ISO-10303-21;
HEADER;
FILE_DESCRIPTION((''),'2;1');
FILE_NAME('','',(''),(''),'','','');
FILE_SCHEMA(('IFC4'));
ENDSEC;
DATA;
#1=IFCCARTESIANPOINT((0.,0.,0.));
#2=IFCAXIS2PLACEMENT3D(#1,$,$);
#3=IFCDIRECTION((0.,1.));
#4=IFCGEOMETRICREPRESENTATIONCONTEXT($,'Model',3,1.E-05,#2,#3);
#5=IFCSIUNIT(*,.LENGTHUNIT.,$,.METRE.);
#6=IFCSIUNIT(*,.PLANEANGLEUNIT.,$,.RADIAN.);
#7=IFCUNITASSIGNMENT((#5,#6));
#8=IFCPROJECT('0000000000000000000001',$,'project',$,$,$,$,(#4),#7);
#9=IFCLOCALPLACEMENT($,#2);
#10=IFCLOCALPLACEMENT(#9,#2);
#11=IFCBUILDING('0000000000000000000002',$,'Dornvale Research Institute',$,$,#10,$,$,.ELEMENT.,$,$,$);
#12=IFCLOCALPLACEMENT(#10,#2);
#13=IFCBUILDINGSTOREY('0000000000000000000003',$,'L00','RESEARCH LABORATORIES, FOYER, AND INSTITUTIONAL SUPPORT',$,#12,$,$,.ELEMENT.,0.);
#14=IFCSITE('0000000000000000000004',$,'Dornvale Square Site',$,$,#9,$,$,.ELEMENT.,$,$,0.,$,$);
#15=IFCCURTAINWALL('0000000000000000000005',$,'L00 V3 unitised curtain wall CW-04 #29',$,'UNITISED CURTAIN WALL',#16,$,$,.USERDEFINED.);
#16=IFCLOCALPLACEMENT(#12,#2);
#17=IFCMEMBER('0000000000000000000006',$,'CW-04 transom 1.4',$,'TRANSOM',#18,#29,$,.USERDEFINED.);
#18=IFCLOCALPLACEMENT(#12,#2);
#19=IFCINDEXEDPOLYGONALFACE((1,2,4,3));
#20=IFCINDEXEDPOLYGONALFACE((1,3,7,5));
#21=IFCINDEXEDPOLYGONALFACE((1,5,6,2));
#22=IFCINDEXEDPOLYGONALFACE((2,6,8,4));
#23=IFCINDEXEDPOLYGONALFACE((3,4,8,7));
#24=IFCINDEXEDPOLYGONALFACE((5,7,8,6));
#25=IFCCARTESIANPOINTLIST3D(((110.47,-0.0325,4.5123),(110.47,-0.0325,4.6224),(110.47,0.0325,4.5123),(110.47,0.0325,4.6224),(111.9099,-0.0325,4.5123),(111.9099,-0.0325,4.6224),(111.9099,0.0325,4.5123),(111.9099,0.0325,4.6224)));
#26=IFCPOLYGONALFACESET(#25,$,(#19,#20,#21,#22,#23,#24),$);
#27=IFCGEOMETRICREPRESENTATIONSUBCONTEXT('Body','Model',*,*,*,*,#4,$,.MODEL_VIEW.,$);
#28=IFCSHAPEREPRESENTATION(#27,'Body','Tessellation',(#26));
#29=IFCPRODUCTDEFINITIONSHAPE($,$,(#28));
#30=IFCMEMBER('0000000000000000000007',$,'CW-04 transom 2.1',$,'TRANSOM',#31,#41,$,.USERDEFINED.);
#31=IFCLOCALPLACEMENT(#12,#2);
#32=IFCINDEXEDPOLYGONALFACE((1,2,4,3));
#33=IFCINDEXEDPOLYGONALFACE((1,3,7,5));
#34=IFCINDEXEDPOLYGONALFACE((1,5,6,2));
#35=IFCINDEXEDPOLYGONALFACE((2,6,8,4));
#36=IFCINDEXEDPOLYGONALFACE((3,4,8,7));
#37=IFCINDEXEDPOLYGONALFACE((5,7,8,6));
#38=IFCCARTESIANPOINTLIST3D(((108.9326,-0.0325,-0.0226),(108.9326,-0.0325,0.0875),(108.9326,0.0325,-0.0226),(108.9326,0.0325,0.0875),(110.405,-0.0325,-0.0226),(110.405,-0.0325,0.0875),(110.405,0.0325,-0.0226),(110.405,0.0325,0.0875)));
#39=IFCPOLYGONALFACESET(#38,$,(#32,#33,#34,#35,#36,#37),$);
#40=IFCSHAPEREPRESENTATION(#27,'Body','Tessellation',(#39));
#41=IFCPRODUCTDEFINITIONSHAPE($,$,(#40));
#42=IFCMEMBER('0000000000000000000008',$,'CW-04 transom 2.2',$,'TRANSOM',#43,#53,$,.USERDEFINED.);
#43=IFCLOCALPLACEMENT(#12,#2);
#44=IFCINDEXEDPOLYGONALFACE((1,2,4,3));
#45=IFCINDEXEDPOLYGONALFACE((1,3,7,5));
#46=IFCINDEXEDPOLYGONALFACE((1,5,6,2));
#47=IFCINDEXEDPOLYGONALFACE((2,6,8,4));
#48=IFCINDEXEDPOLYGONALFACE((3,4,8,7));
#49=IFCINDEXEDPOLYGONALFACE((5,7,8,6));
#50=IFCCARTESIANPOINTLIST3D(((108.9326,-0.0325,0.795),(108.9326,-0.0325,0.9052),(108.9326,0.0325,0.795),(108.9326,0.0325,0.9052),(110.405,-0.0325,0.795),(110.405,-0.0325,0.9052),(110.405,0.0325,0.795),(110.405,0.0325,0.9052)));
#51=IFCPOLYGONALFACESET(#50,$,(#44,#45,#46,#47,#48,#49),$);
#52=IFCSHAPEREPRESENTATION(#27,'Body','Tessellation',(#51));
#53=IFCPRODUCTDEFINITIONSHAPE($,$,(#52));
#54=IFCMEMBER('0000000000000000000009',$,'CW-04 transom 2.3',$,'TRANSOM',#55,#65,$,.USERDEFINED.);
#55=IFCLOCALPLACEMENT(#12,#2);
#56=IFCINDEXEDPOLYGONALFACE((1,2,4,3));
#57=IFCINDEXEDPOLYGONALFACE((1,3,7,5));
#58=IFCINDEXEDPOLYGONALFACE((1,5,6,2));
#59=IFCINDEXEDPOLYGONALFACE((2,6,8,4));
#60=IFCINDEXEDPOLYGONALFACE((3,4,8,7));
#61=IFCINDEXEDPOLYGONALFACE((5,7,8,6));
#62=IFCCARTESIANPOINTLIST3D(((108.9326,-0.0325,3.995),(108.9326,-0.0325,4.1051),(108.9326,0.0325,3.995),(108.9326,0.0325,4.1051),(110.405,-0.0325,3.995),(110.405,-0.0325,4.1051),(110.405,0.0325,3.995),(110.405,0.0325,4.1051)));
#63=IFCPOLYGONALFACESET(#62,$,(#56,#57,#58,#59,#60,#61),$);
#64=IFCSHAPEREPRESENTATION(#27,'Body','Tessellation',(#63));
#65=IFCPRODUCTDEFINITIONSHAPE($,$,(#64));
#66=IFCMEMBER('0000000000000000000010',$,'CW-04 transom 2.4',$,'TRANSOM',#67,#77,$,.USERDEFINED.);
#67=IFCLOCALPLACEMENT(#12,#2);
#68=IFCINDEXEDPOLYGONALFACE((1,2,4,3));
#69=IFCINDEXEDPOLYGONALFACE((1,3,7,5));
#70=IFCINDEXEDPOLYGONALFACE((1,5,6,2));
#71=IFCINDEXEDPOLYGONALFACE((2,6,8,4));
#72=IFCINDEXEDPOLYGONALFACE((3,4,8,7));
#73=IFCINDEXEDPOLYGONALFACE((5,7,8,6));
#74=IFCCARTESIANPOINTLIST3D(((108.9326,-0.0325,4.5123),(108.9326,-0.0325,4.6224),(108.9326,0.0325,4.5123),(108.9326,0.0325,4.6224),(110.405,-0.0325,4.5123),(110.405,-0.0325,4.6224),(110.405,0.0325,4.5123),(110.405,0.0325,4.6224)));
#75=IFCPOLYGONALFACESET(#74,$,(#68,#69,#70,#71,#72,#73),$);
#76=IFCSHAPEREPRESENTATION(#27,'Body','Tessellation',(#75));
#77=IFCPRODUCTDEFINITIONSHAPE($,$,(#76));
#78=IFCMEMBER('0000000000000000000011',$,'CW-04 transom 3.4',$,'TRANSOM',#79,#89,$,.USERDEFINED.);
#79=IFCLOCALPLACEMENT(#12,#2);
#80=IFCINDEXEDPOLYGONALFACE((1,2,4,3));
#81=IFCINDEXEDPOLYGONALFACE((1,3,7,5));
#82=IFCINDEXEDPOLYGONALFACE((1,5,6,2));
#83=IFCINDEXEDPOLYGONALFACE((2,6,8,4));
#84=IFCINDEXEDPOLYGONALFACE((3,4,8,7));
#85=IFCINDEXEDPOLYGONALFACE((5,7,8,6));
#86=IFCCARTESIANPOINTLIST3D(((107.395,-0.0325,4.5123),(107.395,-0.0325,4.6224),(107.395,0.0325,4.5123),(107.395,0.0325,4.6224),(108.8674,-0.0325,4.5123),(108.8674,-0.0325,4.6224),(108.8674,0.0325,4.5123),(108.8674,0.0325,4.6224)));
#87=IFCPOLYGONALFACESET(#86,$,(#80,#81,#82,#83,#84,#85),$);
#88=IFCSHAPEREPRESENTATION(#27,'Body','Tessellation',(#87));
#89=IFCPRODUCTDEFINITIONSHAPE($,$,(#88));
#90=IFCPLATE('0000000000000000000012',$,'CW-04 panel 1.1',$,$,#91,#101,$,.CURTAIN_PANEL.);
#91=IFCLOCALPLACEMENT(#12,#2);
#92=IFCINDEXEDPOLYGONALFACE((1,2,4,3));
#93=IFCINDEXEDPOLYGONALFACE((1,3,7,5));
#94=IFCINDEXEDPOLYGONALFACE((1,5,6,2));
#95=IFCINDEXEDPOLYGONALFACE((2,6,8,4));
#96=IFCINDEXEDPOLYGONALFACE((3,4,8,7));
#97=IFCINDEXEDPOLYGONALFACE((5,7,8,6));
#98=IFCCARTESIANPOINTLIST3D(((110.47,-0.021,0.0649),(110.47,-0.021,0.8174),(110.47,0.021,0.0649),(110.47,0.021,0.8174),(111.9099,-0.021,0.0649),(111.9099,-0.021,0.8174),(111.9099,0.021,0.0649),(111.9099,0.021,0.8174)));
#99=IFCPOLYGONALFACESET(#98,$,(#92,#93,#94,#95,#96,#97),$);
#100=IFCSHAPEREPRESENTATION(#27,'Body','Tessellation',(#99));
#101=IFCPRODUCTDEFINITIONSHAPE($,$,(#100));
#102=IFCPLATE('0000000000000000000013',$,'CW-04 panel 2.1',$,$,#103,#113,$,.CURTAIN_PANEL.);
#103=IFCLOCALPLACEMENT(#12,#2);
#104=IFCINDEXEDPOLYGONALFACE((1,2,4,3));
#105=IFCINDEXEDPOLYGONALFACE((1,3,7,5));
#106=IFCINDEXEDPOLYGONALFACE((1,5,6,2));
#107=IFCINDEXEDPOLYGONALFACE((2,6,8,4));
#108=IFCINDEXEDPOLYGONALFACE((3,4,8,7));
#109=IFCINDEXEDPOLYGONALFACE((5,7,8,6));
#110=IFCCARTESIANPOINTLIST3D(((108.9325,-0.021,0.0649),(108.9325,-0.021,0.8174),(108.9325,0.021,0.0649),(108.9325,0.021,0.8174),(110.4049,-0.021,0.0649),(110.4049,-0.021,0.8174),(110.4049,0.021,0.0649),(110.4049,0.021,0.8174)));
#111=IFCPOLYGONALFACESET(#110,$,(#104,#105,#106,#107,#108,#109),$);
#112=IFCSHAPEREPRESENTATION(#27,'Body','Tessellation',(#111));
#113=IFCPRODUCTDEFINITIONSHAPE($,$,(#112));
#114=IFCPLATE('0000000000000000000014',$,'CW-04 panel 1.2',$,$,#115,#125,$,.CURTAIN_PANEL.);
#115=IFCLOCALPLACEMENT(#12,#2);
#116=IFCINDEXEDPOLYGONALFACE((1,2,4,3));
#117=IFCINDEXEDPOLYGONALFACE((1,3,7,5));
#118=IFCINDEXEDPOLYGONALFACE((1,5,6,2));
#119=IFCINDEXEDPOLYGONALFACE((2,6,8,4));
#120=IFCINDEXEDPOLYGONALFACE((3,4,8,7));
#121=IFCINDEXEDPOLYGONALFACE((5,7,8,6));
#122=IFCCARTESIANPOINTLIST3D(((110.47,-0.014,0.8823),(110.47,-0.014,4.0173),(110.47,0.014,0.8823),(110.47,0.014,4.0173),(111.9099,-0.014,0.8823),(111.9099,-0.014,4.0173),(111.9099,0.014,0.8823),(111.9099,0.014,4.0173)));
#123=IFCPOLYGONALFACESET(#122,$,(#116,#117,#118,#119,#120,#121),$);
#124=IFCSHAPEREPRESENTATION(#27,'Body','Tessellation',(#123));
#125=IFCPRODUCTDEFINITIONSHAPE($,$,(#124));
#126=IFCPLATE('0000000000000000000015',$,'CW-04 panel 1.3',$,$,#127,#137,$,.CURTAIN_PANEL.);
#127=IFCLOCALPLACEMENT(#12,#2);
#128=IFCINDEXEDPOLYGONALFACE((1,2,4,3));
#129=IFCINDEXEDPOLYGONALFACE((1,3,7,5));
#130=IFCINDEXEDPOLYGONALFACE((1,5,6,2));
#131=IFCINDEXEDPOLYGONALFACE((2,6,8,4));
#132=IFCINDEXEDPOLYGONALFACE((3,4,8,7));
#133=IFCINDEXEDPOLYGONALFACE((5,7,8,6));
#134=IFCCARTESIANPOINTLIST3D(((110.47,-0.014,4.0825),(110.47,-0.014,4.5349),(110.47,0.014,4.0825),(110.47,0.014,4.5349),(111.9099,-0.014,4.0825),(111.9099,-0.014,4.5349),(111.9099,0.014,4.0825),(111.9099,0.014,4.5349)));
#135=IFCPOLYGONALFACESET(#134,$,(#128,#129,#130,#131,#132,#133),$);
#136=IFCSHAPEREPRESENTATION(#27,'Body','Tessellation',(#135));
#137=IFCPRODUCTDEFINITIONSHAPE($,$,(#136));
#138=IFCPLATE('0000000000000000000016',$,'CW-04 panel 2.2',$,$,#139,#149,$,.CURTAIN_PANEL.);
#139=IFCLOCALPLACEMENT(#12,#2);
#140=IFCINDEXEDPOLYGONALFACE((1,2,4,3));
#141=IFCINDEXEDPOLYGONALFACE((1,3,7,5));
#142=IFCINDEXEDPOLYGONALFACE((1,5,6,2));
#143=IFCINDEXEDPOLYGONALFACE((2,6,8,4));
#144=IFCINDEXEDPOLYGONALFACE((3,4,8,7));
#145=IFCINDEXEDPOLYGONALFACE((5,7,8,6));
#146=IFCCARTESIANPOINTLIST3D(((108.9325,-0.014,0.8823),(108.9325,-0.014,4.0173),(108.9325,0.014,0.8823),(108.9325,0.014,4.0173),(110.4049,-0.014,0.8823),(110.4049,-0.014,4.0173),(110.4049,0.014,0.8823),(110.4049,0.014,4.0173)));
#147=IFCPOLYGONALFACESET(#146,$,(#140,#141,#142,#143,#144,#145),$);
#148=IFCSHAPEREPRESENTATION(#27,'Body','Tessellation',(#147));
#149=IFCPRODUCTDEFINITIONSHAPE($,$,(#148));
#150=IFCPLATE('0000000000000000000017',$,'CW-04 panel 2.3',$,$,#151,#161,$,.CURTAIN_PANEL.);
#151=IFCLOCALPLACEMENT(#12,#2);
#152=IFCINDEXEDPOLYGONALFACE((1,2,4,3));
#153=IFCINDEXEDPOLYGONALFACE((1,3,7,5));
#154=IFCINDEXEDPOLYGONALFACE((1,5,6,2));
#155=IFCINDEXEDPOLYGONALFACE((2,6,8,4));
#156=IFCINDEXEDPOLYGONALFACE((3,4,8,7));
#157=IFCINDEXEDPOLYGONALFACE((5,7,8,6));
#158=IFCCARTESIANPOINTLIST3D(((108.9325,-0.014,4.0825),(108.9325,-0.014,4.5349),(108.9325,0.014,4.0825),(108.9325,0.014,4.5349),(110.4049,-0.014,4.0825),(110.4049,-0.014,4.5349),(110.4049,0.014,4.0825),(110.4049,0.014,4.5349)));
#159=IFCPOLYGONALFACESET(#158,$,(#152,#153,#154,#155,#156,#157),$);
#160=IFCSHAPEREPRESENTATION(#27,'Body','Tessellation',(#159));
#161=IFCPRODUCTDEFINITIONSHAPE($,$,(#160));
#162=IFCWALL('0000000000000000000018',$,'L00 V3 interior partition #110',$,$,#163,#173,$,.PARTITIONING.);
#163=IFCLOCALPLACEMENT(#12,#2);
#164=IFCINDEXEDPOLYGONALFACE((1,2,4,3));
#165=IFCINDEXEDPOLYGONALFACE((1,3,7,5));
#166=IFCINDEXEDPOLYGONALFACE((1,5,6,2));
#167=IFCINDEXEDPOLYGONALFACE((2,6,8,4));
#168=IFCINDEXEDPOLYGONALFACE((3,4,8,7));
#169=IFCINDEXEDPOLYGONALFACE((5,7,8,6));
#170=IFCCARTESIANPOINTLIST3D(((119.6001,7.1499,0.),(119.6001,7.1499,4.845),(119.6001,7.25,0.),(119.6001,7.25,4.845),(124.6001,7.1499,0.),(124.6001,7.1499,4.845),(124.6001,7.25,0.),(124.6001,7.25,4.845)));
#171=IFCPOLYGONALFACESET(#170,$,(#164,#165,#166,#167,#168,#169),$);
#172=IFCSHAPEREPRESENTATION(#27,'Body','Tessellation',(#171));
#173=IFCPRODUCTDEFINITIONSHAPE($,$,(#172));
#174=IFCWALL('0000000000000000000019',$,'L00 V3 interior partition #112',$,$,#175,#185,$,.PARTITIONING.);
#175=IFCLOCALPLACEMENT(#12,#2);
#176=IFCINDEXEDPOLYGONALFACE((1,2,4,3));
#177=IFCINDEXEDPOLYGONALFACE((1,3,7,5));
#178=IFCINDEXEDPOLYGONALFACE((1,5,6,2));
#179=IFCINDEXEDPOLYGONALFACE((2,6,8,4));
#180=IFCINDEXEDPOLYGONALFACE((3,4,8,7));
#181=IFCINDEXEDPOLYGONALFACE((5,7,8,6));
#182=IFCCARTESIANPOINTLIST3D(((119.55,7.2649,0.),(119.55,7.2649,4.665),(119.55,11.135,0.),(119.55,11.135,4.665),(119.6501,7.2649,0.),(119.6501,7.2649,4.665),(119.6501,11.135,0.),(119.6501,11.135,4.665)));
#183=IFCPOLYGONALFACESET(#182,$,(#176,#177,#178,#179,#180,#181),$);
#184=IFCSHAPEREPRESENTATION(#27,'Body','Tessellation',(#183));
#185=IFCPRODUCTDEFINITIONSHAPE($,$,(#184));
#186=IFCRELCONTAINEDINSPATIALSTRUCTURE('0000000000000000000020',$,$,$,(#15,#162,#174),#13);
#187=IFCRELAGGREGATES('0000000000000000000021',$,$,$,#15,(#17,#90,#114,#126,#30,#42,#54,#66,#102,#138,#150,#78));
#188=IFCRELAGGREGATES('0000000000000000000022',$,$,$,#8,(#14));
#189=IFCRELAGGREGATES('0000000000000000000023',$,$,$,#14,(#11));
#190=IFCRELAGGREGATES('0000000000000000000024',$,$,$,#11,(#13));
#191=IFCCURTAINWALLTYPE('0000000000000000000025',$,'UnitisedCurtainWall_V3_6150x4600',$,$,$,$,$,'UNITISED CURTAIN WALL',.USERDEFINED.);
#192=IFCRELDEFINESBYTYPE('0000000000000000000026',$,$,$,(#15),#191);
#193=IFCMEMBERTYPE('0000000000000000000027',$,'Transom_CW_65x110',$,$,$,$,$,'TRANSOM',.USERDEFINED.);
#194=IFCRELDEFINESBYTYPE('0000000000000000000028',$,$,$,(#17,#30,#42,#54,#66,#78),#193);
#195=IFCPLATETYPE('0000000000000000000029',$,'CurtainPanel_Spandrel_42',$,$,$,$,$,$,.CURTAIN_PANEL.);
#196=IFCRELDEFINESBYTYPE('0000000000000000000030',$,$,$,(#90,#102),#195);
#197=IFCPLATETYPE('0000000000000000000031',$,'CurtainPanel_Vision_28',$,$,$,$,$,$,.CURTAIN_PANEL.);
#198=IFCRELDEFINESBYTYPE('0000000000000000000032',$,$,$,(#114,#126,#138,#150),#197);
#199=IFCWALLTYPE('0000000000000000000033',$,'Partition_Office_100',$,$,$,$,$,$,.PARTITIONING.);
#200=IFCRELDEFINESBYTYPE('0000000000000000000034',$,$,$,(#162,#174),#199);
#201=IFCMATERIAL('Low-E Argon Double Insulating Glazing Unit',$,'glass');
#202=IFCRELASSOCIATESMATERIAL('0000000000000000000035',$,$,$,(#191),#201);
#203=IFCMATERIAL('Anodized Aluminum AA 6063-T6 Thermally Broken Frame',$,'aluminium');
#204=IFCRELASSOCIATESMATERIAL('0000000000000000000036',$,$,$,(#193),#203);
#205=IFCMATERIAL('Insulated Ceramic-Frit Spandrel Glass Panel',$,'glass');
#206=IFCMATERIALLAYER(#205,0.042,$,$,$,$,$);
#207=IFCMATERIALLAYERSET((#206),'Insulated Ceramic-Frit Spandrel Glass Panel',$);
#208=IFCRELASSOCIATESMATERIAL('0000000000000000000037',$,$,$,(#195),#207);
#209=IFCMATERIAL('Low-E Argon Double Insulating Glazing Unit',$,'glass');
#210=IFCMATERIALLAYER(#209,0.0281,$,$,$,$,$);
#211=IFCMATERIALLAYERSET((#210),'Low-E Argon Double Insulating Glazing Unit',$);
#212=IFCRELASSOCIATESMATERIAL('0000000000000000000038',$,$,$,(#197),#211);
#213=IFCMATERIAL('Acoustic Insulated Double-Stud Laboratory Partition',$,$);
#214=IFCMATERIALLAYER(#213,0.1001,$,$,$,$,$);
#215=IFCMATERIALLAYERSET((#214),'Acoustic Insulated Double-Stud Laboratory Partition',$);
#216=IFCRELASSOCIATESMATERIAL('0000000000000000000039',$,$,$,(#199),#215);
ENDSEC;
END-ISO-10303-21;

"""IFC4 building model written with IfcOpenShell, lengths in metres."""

from ifc_helpers import new_model, si_unit, direction, frame, frame_2d, origin, origin_2d, place, context, subcontext, project, spatial, rectangle, extrude, material, layer, layer_set, material_profile, profile_set, type_object, element, aggregate, save


model = new_model("IFC4")

# Units and contexts
model_context = context("Model", 3, precision=1e-05, world=origin(), true_north=direction((0.0, 1.0)))
body_context = subcontext(model_context, "Body", "Model", "MODEL_VIEW")
ifc_project = project(units=[si_unit("LENGTHUNIT", "METRE"), si_unit("PLANEANGLEUNIT", "RADIAN")], contexts=[model_context])

# Site, building, storey
site_placement = place(None, origin())
site = spatial("IfcSite", under=ifc_project, at=site_placement, Name="Dornvale Square Site", CompositionType="ELEMENT", RefElevation=0.0)
building_placement = place(site_placement, origin())
building = spatial("IfcBuilding", under=site, at=building_placement, Name="Dornvale Research Institute", CompositionType="ELEMENT")
storey_placement = place(building_placement, origin())
storey = spatial("IfcBuildingStorey", under=building, at=storey_placement, Name="L00", Description="RESEARCH LABORATORIES, FOYER, AND INSTITUTIONAL SUPPORT", CompositionType="ELEMENT", Elevation=0.0)

# Curtain wall, members, plates
ifc_material_1 = material(Name="Low-E Argon Double Insulating Glazing Unit", Category="glass")
curtain_wall_type = type_object("IfcCurtainWallType", Name="UnitisedCurtainWall_V3_6150x4600", ElementType="UNITISED CURTAIN WALL", PredefinedType="USERDEFINED", material=ifc_material_1)
curtain_wall_placement = place(storey_placement, origin())
curtain_wall = element("IfcCurtainWall", 1, at=curtain_wall_placement, inside=storey, type_object=curtain_wall_type, Name="L00 V3 unitised curtain wall CW-04 #29", ObjectType="UNITISED CURTAIN WALL", PredefinedType="USERDEFINED")
ifc_material_2 = material(Name="Anodized Aluminum AA 6063-T6 Thermally Broken Frame", Category="aluminium")
ifc_material_profile_1 = material_profile(ifc_material_2, rectangle(XDim=0.0649, YDim=0.1101, at=origin_2d()), Name="ALU TRANSOM 65x110")
ifc_profile_set_1 = profile_set([ifc_material_profile_1], Name="Anodized Aluminum AA 6063-T6 Thermally Broken Frame")
member_type_1 = type_object("IfcMemberType", Name="Transom_CW_65x110", ElementType="TRANSOM", PredefinedType="USERDEFINED", material=ifc_profile_set_1)
member_1_placement = place(storey_placement, frame((111.9099, 0.0, 4.5674), z_axis=(-1.0, 0.0, 0.0), x_axis=(0.0, -1.0, 0.0)))
member_1 = element("IfcMember", 2, at=member_1_placement, type_object=member_type_1, Name="CW-04 transom 1.4", ObjectType="TRANSOM", PredefinedType="USERDEFINED", context=body_context, shape_type="SweptSolid", body=[
    extrude(rectangle(XDim=0.0649, YDim=0.1101, at=origin_2d()), origin(), (0.0, 0.0, 1.0), 1.4399),
])
member_2_placement = place(storey_placement, frame((110.405, 0.0, 0.0325), z_axis=(-1.0, 0.0, 0.0), x_axis=(0.0, -1.0, 0.0)))
member_2 = element("IfcMember", 3, at=member_2_placement, type_object=member_type_1, Name="CW-04 transom 2.1", ObjectType="TRANSOM", PredefinedType="USERDEFINED", context=body_context, shape_type="SweptSolid", body=[
    extrude(rectangle(XDim=0.0649, YDim=0.1101, at=origin_2d()), origin(), (0.0, 0.0, 1.0), 1.4724),
])
member_3_placement = place(storey_placement, frame((110.405, 0.0, 0.8501), z_axis=(-1.0, 0.0, 0.0), x_axis=(0.0, -1.0, 0.0)))
member_3 = element("IfcMember", 4, at=member_3_placement, type_object=member_type_1, Name="CW-04 transom 2.2", ObjectType="TRANSOM", PredefinedType="USERDEFINED", context=body_context, shape_type="SweptSolid", body=[
    extrude(rectangle(XDim=0.0649, YDim=0.1101, at=origin_2d()), origin(), (0.0, 0.0, 1.0), 1.4724),
])
member_4_placement = place(storey_placement, frame((110.405, 0.0, 4.05), z_axis=(-1.0, 0.0, 0.0), x_axis=(0.0, -1.0, 0.0)))
member_4 = element("IfcMember", 5, at=member_4_placement, type_object=member_type_1, Name="CW-04 transom 2.3", ObjectType="TRANSOM", PredefinedType="USERDEFINED", context=body_context, shape_type="SweptSolid", body=[
    extrude(rectangle(XDim=0.0649, YDim=0.1101, at=origin_2d()), origin(), (0.0, 0.0, 1.0), 1.4724),
])
member_5_placement = place(storey_placement, frame((110.405, 0.0, 4.5674), z_axis=(-1.0, 0.0, 0.0), x_axis=(0.0, -1.0, 0.0)))
member_5 = element("IfcMember", 6, at=member_5_placement, type_object=member_type_1, Name="CW-04 transom 2.4", ObjectType="TRANSOM", PredefinedType="USERDEFINED", context=body_context, shape_type="SweptSolid", body=[
    extrude(rectangle(XDim=0.0649, YDim=0.1101, at=origin_2d()), origin(), (0.0, 0.0, 1.0), 1.4724),
])
member_6_placement = place(storey_placement, frame((108.8674, 0.0, 4.5674), z_axis=(-1.0, 0.0, 0.0), x_axis=(0.0, -1.0, 0.0)))
member_6 = element("IfcMember", 7, at=member_6_placement, type_object=member_type_1, Name="CW-04 transom 3.4", ObjectType="TRANSOM", PredefinedType="USERDEFINED", context=body_context, shape_type="SweptSolid", body=[
    extrude(rectangle(XDim=0.0649, YDim=0.1101, at=origin_2d()), origin(), (0.0, 0.0, 1.0), 1.4724),
])
ifc_material_3 = material(Name="Insulated Ceramic-Frit Spandrel Glass Panel", Category="glass")
ifc_layer_1 = layer(ifc_material_3, 0.042)
ifc_layer_set_1 = layer_set([ifc_layer_1], Name="Insulated Ceramic-Frit Spandrel Glass Panel")
plate_type_1 = type_object("IfcPlateType", Name="CurtainPanel_Spandrel_42", PredefinedType="CURTAIN_PANEL", material=ifc_layer_set_1)
plate_1_placement = place(storey_placement, frame((111.1899, 0.0, 0.0649), z_axis=(0.0, 0.0, 1.0), x_axis=(-1.0, 0.0, 0.0)))
plate_1 = element("IfcPlate", 8, at=plate_1_placement, type_object=plate_type_1, Name="CW-04 panel 1.1", PredefinedType="CURTAIN_PANEL", context=body_context, shape_type="SweptSolid", body=[
    extrude(rectangle(XDim=1.4399, YDim=0.042, at=origin_2d()), origin(), (0.0, 0.0, 1.0), 0.7524),
])
plate_2_placement = place(storey_placement, frame((109.6687, 0.0, 0.0649), z_axis=(0.0, 0.0, 1.0), x_axis=(-1.0, 0.0, 0.0)))
plate_2 = element("IfcPlate", 9, at=plate_2_placement, type_object=plate_type_1, Name="CW-04 panel 2.1", PredefinedType="CURTAIN_PANEL", context=body_context, shape_type="SweptSolid", body=[
    extrude(rectangle(XDim=1.4724, YDim=0.042, at=origin_2d()), origin(), (0.0, 0.0, 1.0), 0.7524),
])
ifc_material_4 = material(Name="Low-E Argon Double Insulating Glazing Unit", Category="glass")
ifc_layer_2 = layer(ifc_material_4, 0.0281)
ifc_layer_set_2 = layer_set([ifc_layer_2], Name="Low-E Argon Double Insulating Glazing Unit")
plate_type_2 = type_object("IfcPlateType", Name="CurtainPanel_Vision_28", PredefinedType="CURTAIN_PANEL", material=ifc_layer_set_2)
plate_3_placement = place(storey_placement, frame((111.1899, 0.0, 0.8823), z_axis=(0.0, 0.0, 1.0), x_axis=(-1.0, 0.0, 0.0)))
plate_3 = element("IfcPlate", 10, at=plate_3_placement, type_object=plate_type_2, Name="CW-04 panel 1.2", PredefinedType="CURTAIN_PANEL", context=body_context, shape_type="SweptSolid", body=[
    extrude(rectangle(XDim=1.4399, YDim=0.0281, at=origin_2d()), origin(), (0.0, 0.0, 1.0), 3.135),
])
plate_4_placement = place(storey_placement, frame((111.1899, 0.0, 4.0825), z_axis=(0.0, 0.0, 1.0), x_axis=(-1.0, 0.0, 0.0)))
plate_4 = element("IfcPlate", 11, at=plate_4_placement, type_object=plate_type_2, Name="CW-04 panel 1.3", PredefinedType="CURTAIN_PANEL", context=body_context, shape_type="SweptSolid", body=[
    extrude(rectangle(XDim=1.4399, YDim=0.0281, at=origin_2d()), origin(), (0.0, 0.0, 1.0), 0.4524),
])
plate_5_placement = place(storey_placement, frame((109.6687, 0.0, 0.8823), z_axis=(0.0, 0.0, 1.0), x_axis=(-1.0, 0.0, 0.0)))
plate_5 = element("IfcPlate", 12, at=plate_5_placement, type_object=plate_type_2, Name="CW-04 panel 2.2", PredefinedType="CURTAIN_PANEL", context=body_context, shape_type="SweptSolid", body=[
    extrude(rectangle(XDim=1.4724, YDim=0.0281, at=origin_2d()), origin(), (0.0, 0.0, 1.0), 3.135),
])
plate_6_placement = place(storey_placement, frame((109.6687, 0.0, 4.0825), z_axis=(0.0, 0.0, 1.0), x_axis=(-1.0, 0.0, 0.0)))
plate_6 = element("IfcPlate", 13, at=plate_6_placement, type_object=plate_type_2, Name="CW-04 panel 2.3", PredefinedType="CURTAIN_PANEL", context=body_context, shape_type="SweptSolid", body=[
    extrude(rectangle(XDim=1.4724, YDim=0.0281, at=origin_2d()), origin(), (0.0, 0.0, 1.0), 0.4524),
])
aggregate(curtain_wall, [member_1, plate_1, plate_3, plate_4, member_2, member_3, member_4, member_5, plate_2, plate_5, plate_6, member_6])

# Walls
ifc_material_5 = material(Name="Acoustic Insulated Double-Stud Laboratory Partition")
ifc_layer_3 = layer(ifc_material_5, 0.1001)
ifc_layer_set_3 = layer_set([ifc_layer_3], Name="Acoustic Insulated Double-Stud Laboratory Partition")
wall_type_1 = type_object("IfcWallType", Name="Partition_Office_100", PredefinedType="PARTITIONING", material=ifc_layer_set_3)
wall_1_placement = place(storey_placement, frame((119.6001, 7.2, 0.0), z_axis=(0.0, 0.0, 1.0), x_axis=(1.0, 0.0, 0.0)))
element("IfcWall", 14, at=wall_1_placement, inside=storey, type_object=wall_type_1, Name="L00 V3 interior partition #110", PredefinedType="PARTITIONING", context=body_context, shape_type="SweptSolid", body=[
    extrude(rectangle(XDim=5.0, YDim=0.1001, at=frame_2d((2.5, 0.0))), origin(), (0.0, 0.0, 1.0), 4.845),
])
wall_2_placement = place(storey_placement, frame((119.6001, 7.2649, 0.0), z_axis=(0.0, 0.0, 1.0), x_axis=(0.0, 1.0, 0.0)))
element("IfcWall", 15, at=wall_2_placement, inside=storey, type_object=wall_type_1, Name="L00 V3 interior partition #112", PredefinedType="PARTITIONING", context=body_context, shape_type="SweptSolid", body=[
    extrude(rectangle(XDim=3.8701, YDim=0.1001, at=frame_2d((1.9351, 0.0))), origin(), (0.0, 0.0, 1.0), 4.665),
])

save(model, "model.ifc")
